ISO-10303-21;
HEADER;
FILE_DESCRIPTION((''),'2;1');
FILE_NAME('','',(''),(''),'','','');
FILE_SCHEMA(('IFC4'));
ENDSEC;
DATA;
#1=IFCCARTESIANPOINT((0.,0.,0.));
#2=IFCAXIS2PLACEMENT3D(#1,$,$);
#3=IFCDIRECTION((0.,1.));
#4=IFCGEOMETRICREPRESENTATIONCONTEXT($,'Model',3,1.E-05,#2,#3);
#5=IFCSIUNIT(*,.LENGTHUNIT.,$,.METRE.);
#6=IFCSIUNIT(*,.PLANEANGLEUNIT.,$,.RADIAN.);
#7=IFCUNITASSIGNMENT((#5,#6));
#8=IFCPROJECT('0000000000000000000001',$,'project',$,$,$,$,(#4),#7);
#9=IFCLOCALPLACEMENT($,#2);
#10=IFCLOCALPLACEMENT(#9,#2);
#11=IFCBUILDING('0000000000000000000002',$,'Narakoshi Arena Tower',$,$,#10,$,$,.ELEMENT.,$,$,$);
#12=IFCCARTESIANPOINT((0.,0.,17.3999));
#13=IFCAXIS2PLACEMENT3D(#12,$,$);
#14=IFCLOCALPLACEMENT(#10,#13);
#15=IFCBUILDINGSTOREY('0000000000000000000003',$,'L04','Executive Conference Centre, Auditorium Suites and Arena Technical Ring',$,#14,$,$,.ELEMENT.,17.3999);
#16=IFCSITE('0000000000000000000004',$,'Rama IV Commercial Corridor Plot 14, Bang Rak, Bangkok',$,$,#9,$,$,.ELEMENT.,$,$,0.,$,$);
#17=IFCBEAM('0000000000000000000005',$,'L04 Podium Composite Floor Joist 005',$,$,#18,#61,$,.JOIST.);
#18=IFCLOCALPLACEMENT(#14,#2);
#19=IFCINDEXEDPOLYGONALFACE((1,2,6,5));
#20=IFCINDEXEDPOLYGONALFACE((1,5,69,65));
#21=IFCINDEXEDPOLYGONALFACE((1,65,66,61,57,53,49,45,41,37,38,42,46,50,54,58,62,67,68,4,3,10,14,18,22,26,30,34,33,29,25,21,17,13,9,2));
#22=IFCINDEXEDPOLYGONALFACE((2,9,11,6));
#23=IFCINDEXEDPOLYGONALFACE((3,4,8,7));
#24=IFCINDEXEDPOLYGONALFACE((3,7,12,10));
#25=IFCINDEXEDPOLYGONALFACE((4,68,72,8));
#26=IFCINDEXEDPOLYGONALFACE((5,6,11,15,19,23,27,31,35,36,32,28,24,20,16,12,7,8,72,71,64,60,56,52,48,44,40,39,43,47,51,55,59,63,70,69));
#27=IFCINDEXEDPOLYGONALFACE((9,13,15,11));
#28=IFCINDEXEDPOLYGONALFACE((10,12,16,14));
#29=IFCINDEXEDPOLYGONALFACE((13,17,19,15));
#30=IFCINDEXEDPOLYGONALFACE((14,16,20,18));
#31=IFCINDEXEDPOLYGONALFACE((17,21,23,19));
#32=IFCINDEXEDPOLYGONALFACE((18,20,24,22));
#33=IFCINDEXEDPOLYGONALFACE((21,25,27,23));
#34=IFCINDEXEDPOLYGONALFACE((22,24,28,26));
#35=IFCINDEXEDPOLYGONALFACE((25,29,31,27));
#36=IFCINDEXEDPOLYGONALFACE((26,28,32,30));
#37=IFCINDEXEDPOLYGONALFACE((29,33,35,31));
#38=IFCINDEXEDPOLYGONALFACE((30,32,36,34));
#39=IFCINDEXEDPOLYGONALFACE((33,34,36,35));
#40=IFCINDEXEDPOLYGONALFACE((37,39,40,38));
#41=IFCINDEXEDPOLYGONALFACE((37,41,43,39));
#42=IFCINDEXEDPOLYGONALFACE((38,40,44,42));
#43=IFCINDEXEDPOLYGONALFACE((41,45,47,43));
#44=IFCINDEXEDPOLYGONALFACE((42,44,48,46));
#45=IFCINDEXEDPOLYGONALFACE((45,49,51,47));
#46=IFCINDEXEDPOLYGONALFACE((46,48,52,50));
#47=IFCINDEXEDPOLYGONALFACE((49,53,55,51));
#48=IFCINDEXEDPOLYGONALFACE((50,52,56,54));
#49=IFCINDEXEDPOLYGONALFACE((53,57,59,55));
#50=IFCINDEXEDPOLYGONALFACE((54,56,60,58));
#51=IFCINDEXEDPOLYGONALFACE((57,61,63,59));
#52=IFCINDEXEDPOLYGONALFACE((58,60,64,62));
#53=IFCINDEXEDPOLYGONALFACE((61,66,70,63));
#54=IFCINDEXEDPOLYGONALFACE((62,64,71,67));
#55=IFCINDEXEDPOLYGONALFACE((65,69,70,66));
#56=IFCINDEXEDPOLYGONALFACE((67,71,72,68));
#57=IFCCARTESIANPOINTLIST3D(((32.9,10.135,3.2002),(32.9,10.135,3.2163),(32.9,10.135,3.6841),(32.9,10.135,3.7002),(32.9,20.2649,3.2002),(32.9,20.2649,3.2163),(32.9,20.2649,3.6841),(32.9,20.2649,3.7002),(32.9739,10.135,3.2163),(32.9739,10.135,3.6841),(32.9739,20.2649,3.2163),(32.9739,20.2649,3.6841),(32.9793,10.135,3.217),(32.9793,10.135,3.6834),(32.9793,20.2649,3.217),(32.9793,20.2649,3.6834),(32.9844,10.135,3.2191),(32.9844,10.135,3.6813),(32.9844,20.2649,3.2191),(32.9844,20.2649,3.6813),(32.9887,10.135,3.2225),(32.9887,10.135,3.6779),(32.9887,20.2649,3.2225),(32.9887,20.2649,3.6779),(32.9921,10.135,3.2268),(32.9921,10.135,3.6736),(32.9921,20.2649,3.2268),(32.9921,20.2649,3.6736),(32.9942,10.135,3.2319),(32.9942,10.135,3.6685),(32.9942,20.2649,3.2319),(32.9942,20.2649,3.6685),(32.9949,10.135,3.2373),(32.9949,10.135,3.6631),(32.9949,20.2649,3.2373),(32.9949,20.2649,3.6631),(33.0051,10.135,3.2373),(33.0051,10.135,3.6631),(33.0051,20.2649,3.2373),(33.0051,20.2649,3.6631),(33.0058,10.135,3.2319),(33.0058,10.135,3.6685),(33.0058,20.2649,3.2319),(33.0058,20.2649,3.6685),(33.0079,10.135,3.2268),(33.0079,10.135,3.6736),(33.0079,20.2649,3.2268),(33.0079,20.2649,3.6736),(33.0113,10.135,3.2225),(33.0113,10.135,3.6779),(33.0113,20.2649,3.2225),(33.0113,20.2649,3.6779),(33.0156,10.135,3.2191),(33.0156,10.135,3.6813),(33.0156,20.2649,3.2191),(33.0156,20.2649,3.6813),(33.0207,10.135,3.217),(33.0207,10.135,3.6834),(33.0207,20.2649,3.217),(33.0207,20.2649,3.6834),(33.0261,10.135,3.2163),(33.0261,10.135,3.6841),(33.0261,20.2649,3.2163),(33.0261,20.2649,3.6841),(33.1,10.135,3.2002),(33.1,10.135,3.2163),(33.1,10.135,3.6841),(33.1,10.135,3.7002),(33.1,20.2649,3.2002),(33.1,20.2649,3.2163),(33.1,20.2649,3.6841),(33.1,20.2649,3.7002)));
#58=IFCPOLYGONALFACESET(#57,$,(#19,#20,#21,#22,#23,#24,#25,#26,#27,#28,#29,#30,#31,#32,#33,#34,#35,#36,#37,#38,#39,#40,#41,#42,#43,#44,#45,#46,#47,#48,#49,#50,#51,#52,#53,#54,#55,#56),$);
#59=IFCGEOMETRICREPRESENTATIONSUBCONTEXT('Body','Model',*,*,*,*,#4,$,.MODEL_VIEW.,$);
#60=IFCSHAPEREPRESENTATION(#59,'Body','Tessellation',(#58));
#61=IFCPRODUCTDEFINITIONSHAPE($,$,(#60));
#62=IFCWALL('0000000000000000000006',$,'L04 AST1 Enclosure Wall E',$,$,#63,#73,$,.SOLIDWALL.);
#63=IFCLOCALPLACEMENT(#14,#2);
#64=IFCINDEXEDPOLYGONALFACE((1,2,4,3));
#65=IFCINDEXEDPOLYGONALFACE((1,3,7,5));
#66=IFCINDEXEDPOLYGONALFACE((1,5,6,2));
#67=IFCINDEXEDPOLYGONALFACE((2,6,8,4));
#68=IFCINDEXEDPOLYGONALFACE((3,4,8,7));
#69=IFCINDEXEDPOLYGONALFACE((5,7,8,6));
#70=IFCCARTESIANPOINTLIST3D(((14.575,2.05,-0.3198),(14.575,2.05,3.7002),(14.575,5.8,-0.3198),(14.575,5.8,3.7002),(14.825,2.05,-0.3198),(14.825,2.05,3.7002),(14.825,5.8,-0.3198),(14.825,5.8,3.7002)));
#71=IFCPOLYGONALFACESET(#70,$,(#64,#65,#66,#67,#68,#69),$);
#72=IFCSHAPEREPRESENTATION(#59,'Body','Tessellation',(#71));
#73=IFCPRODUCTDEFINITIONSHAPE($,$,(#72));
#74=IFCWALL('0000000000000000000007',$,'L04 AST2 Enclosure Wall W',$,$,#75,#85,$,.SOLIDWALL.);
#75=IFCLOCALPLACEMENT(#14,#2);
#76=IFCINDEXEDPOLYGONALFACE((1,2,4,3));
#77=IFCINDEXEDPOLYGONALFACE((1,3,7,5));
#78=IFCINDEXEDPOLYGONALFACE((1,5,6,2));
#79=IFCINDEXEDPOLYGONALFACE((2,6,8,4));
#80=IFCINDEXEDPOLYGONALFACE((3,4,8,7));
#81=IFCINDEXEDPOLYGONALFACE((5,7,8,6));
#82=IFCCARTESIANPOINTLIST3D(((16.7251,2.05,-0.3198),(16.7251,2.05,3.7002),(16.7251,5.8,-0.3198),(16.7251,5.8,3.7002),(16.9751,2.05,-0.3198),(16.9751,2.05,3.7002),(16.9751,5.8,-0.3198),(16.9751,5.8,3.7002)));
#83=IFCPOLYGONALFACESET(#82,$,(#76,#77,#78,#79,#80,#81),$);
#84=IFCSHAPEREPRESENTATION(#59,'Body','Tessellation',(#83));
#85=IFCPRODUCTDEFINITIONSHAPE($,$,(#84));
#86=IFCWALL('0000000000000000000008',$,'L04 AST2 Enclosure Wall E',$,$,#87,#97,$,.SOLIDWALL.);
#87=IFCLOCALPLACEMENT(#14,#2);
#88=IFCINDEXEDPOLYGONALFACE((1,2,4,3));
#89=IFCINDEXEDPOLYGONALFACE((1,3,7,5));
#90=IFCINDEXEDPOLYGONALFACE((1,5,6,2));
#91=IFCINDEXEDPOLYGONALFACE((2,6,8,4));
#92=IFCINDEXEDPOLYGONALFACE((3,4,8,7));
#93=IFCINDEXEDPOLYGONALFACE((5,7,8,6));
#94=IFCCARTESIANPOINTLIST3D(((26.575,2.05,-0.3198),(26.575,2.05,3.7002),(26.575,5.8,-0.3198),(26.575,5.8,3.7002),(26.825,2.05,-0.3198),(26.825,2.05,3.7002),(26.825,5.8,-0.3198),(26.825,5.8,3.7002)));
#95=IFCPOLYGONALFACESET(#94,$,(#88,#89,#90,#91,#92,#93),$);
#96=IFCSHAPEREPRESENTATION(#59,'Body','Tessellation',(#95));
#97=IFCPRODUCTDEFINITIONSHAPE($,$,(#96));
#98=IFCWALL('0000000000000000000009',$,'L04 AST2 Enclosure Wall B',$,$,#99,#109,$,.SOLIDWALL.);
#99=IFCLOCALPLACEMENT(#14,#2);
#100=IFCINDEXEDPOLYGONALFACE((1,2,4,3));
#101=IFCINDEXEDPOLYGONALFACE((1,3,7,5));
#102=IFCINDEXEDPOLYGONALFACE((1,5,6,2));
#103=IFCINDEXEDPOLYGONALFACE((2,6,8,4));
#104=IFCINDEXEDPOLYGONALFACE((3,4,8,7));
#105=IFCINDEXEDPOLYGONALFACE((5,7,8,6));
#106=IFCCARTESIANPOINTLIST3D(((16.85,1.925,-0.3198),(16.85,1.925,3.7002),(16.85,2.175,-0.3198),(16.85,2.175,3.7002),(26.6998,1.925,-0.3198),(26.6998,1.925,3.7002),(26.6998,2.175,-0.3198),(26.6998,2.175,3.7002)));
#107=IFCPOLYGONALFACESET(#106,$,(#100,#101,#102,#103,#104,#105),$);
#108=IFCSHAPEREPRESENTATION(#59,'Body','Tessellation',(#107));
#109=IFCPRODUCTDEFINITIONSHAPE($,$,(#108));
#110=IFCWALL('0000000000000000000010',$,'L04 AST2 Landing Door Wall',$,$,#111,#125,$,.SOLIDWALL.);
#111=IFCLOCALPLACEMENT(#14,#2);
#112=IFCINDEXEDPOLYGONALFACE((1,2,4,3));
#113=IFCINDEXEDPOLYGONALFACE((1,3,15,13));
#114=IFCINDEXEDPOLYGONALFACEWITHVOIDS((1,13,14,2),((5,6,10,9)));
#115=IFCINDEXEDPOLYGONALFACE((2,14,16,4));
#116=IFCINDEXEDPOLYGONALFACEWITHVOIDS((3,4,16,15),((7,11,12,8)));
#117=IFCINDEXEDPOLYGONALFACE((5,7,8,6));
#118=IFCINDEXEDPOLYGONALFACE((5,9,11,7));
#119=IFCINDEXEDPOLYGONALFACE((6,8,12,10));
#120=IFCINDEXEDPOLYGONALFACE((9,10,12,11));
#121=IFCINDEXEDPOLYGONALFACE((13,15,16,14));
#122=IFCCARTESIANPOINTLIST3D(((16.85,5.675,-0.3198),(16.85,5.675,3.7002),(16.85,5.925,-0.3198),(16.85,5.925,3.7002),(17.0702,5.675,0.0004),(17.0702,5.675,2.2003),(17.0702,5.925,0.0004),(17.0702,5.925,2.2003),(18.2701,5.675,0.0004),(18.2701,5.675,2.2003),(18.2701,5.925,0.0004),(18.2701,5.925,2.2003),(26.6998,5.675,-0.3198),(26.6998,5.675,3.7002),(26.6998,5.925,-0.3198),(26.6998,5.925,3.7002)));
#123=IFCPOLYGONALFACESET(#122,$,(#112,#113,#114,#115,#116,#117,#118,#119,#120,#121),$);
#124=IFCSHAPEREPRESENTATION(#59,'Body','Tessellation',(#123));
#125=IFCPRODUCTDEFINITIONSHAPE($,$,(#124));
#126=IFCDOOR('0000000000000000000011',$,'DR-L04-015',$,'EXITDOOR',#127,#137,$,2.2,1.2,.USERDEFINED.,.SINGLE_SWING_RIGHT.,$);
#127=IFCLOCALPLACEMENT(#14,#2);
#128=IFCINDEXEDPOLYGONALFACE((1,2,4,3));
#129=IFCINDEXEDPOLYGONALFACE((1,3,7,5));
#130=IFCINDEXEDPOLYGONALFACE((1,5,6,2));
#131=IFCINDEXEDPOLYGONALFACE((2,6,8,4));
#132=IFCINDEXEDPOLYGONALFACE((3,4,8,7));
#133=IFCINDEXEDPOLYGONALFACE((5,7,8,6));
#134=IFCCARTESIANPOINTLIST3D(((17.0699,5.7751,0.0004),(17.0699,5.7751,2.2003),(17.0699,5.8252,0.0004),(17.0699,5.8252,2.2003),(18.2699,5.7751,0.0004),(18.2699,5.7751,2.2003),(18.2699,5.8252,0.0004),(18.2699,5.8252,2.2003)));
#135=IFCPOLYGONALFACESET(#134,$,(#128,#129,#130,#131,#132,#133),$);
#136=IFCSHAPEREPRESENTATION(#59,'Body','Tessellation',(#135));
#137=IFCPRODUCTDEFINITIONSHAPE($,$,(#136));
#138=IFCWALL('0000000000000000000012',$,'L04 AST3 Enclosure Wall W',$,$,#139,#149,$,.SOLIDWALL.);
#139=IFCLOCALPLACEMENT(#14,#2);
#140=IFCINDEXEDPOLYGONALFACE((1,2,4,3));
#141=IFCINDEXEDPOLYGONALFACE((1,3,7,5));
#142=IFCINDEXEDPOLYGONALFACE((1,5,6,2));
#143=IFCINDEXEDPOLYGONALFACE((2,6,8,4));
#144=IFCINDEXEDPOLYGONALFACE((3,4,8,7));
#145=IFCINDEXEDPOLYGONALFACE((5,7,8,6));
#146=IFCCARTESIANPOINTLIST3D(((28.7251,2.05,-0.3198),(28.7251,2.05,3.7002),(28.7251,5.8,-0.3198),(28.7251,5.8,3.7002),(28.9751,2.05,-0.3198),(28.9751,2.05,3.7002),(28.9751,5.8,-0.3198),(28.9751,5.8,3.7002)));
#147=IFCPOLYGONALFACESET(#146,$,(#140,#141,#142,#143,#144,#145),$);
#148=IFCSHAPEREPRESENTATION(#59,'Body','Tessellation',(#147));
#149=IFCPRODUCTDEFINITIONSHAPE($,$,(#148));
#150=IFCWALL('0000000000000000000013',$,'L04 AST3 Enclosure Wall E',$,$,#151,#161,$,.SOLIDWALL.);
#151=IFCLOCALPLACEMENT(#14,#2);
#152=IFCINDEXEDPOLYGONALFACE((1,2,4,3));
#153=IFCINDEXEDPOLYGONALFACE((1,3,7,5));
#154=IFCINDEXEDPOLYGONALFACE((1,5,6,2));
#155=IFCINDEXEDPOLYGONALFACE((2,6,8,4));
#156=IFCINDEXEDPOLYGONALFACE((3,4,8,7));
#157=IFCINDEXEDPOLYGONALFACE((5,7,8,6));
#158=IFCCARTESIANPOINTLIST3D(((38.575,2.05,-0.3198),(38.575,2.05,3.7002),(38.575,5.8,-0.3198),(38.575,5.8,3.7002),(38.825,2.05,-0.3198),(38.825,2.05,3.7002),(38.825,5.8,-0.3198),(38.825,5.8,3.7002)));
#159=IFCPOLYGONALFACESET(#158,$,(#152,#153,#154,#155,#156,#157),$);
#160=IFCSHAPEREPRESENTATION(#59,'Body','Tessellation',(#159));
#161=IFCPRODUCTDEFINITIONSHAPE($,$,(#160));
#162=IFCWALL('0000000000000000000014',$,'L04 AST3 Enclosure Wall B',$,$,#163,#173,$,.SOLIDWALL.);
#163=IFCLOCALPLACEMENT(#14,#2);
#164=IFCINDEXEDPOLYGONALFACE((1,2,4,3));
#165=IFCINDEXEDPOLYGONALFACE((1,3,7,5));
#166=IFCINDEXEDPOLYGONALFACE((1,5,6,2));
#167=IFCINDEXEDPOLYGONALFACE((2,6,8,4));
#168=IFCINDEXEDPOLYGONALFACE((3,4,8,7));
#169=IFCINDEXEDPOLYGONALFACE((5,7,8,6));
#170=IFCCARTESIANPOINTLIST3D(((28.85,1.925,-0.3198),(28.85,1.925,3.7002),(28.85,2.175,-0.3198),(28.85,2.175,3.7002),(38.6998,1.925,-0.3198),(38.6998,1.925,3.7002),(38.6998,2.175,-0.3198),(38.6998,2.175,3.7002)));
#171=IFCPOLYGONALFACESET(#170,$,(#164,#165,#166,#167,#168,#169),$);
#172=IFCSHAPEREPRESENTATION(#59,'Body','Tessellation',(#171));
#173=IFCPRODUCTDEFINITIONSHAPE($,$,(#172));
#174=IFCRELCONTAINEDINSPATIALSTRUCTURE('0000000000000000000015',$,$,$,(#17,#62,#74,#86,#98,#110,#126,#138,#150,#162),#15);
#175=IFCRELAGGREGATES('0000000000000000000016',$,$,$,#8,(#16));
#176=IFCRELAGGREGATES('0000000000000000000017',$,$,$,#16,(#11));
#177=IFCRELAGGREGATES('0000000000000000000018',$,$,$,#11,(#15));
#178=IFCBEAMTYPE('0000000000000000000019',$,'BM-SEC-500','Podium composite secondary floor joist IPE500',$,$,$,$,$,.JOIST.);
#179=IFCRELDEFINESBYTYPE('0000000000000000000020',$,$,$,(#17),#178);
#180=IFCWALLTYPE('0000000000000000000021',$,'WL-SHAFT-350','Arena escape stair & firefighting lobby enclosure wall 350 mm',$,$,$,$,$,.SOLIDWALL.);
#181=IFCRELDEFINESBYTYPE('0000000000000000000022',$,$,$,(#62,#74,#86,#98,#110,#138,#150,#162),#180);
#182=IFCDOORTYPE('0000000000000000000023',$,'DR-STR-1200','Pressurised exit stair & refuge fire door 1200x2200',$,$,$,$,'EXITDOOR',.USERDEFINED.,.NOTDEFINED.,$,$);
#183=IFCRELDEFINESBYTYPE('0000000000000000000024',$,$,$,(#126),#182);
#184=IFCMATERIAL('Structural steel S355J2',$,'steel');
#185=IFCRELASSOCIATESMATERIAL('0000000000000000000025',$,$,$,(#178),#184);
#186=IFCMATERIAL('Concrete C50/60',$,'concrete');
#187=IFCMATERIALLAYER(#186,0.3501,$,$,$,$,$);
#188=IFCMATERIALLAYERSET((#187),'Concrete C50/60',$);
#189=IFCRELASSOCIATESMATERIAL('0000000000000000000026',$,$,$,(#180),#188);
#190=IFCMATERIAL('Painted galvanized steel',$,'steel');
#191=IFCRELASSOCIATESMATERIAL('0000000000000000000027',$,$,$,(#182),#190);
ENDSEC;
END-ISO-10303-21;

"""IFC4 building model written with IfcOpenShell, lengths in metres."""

from ifc_helpers import new_model, si_unit, direction, frame, frame_2d, origin, origin_2d, place, context, subcontext, project, spatial, rectangle, i_section, extrude, material, layer, layer_set, material_profile, profile_set, type_object, element, fill, save


model = new_model("IFC4")

# Units and contexts
model_context = context("Model", 3, precision=1e-05, world=origin(), true_north=direction((0.0, 1.0)))
body_context = subcontext(model_context, "Body", "Model", "MODEL_VIEW")
ifc_project = project(units=[si_unit("LENGTHUNIT", "METRE"), si_unit("PLANEANGLEUNIT", "RADIAN")], contexts=[model_context])

# Site, building, storey
site_placement = place(None, origin())
site = spatial("IfcSite", under=ifc_project, at=site_placement, Name="Rama IV Commercial Corridor Plot 14, Bang Rak, Bangkok", CompositionType="ELEMENT", RefElevation=0.0)
building_placement = place(site_placement, origin())
building = spatial("IfcBuilding", under=site, at=building_placement, Name="Narakoshi Arena Tower", CompositionType="ELEMENT")
storey_placement = place(building_placement, frame((0.0, 0.0, 17.3999)))
storey = spatial("IfcBuildingStorey", under=building, at=storey_placement, Name="L04", Description="Executive Conference Centre, Auditorium Suites and Arena Technical Ring", CompositionType="ELEMENT", Elevation=17.3999)

# Shared definitions
ifc_material_1 = material(Name="Structural steel S355J2", Category="steel")

# Beam
ifc_material_profile_1 = material_profile(ifc_material_1, i_section(OverallWidth=0.2, OverallDepth=0.5, WebThickness=0.0103, FlangeThickness=0.0161, FilletRadius=0.021, at=origin_2d()), Name="IPE500")
ifc_profile_set_1 = profile_set([ifc_material_profile_1], Name="Structural steel S355J2")
beam_type_1 = type_object("IfcBeamType", Name="BM-SEC-500", Description="Podium composite secondary floor joist IPE500", PredefinedType="JOIST", material=ifc_profile_set_1)
for number, where, z_axis, x_axis, name in (
    (1, (33.0, 10.135, 3.4502), (0.0, 1.0, 0.0), (-1.0, 0.0, 0.0), "L04 Podium Composite Floor Joist 005"),
):
    element("IfcBeam", number, at=place(storey_placement, frame(where, z_axis=z_axis, x_axis=x_axis)), inside=storey, type_object=beam_type_1, Name=name, PredefinedType="JOIST", context=body_context, shape_type="SweptSolid", body=[
        extrude(i_section(OverallWidth=0.2, OverallDepth=0.5, WebThickness=0.0103, FlangeThickness=0.0161, FilletRadius=0.021, at=origin_2d()), origin(), (0.0, 0.0, 1.0), 10.1299),
    ])

# Walls
ifc_material_2 = material(Name="Concrete C50/60", Category="concrete")
ifc_layer = layer(ifc_material_2, 0.3501)
ifc_layer_set = layer_set([ifc_layer], Name="Concrete C50/60")
wall_type = type_object("IfcWallType", Name="WL-SHAFT-350", Description="Arena escape stair & firefighting lobby enclosure wall 350 mm", PredefinedType="SOLIDWALL", material=ifc_layer_set)
for number, where, z_axis, x_axis, name in (
    (2, (14.7, 2.05, -0.3198), (0.0, 0.0, 1.0), (0.0, 1.0, 0.0), "L04 AST1 Enclosure Wall E"),
    (3, (16.8501, 2.05, -0.3198), (0.0, 0.0, 1.0), (0.0, 1.0, 0.0), "L04 AST2 Enclosure Wall W"),
    (4, (26.7, 2.05, -0.3198), (0.0, 0.0, 1.0), (0.0, 1.0, 0.0), "L04 AST2 Enclosure Wall E"),
):
    element("IfcWall", number, at=place(storey_placement, frame(where, z_axis=z_axis, x_axis=x_axis)), inside=storey, type_object=wall_type, Name=name, PredefinedType="SOLIDWALL", context=body_context, shape_type="SweptSolid", body=[
        extrude(rectangle(XDim=3.75, YDim=0.25, at=frame_2d((1.875, 0.0))), origin(), (0.0, 0.0, 1.0), 4.02),
    ])
wall_1_placement = place(storey_placement, frame((16.8501, 2.05, -0.3198), z_axis=(0.0, 0.0, 1.0), x_axis=(1.0, 0.0, 0.0)))
element("IfcWall", 5, at=wall_1_placement, inside=storey, type_object=wall_type, Name="L04 AST2 Enclosure Wall B", PredefinedType="SOLIDWALL", context=body_context, shape_type="SweptSolid", body=[
    extrude(rectangle(XDim=9.8499, YDim=0.25, at=frame_2d((4.9248, 0.0))), origin(), (0.0, 0.0, 1.0), 4.02),
])

# Wall, opening, door
wall_2_placement = place(storey_placement, frame((16.8501, 5.8, -0.3198), z_axis=(0.0, 0.0, 1.0), x_axis=(1.0, 0.0, 0.0)))
wall_2 = element("IfcWall", 6, at=wall_2_placement, inside=storey, type_object=wall_type, Name="L04 AST2 Landing Door Wall", PredefinedType="SOLIDWALL", context=body_context, shape_type="SweptSolid", body=[
    extrude(rectangle(XDim=9.8499, YDim=0.25, at=frame_2d((4.9248, 0.0))), origin(), (0.0, 0.0, 1.0), 4.02),
])
opening_1_placement = place(wall_2_placement, frame((0.22, 0.0, 0.3201)))
opening_1 = element("IfcOpeningElement", 7, at=opening_1_placement, cuts=wall_2, PredefinedType="OPENING", context=body_context, shape_type="SweptSolid", body=[
    extrude(rectangle(XDim=1.2, YDim=2.2, at=frame_2d((0.6001, 1.1001))), frame((0.0, 0.135, 0.0), z_axis=(0.0, -1.0, 0.0), x_axis=(1.0, 0.0, 0.0)), (0.0, 0.0, 1.0), 0.27),
])
ifc_material_3 = material(Name="Painted galvanized steel", Category="steel")
door_type = type_object("IfcDoorType", Name="DR-STR-1200", Description="Pressurised exit stair & refuge fire door 1200x2200", ElementType="EXITDOOR", OperationType="NOTDEFINED", PredefinedType="USERDEFINED", material=ifc_material_3)
door_1_placement = place(opening_1_placement, frame((1.2, 0.0, 0.0), z_axis=(0.0, 0.0, 1.0), x_axis=(-1.0, 0.0, 0.0)))
door_1 = element("IfcDoor", 8, at=door_1_placement, inside=storey, type_object=door_type, Name="DR-L04-015", ObjectType="EXITDOOR", OperationType="SINGLE_SWING_RIGHT", OverallHeight=2.2, OverallWidth=1.2, PredefinedType="USERDEFINED", context=body_context, shape_type="SweptSolid", body=[
    extrude(rectangle(XDim=1.2, YDim=2.2, at=frame_2d((0.6001, 1.1001))), frame((0.0, 0.0249, 0.0), z_axis=(0.0, -1.0, 0.0), x_axis=(1.0, 0.0, 0.0)), (0.0, 0.0, 1.0), 0.05),
])
fill(opening_1, door_1)

# Walls
for number, where, z_axis, x_axis, name in (
    (9, (28.8501, 2.05, -0.3198), (0.0, 0.0, 1.0), (0.0, 1.0, 0.0), "L04 AST3 Enclosure Wall W"),
    (10, (38.7, 2.05, -0.3198), (0.0, 0.0, 1.0), (0.0, 1.0, 0.0), "L04 AST3 Enclosure Wall E"),
):
    element("IfcWall", number, at=place(storey_placement, frame(where, z_axis=z_axis, x_axis=x_axis)), inside=storey, type_object=wall_type, Name=name, PredefinedType="SOLIDWALL", context=body_context, shape_type="SweptSolid", body=[
        extrude(rectangle(XDim=3.75, YDim=0.25, at=frame_2d((1.875, 0.0))), origin(), (0.0, 0.0, 1.0), 4.02),
    ])
wall_3_placement = place(storey_placement, frame((28.8501, 2.05, -0.3198), z_axis=(0.0, 0.0, 1.0), x_axis=(1.0, 0.0, 0.0)))
element("IfcWall", 11, at=wall_3_placement, inside=storey, type_object=wall_type, Name="L04 AST3 Enclosure Wall B", PredefinedType="SOLIDWALL", context=body_context, shape_type="SweptSolid", body=[
    extrude(rectangle(XDim=9.8499, YDim=0.25, at=frame_2d((4.9248, 0.0))), origin(), (0.0, 0.0, 1.0), 4.02),
])

save(model, "model.ifc")
